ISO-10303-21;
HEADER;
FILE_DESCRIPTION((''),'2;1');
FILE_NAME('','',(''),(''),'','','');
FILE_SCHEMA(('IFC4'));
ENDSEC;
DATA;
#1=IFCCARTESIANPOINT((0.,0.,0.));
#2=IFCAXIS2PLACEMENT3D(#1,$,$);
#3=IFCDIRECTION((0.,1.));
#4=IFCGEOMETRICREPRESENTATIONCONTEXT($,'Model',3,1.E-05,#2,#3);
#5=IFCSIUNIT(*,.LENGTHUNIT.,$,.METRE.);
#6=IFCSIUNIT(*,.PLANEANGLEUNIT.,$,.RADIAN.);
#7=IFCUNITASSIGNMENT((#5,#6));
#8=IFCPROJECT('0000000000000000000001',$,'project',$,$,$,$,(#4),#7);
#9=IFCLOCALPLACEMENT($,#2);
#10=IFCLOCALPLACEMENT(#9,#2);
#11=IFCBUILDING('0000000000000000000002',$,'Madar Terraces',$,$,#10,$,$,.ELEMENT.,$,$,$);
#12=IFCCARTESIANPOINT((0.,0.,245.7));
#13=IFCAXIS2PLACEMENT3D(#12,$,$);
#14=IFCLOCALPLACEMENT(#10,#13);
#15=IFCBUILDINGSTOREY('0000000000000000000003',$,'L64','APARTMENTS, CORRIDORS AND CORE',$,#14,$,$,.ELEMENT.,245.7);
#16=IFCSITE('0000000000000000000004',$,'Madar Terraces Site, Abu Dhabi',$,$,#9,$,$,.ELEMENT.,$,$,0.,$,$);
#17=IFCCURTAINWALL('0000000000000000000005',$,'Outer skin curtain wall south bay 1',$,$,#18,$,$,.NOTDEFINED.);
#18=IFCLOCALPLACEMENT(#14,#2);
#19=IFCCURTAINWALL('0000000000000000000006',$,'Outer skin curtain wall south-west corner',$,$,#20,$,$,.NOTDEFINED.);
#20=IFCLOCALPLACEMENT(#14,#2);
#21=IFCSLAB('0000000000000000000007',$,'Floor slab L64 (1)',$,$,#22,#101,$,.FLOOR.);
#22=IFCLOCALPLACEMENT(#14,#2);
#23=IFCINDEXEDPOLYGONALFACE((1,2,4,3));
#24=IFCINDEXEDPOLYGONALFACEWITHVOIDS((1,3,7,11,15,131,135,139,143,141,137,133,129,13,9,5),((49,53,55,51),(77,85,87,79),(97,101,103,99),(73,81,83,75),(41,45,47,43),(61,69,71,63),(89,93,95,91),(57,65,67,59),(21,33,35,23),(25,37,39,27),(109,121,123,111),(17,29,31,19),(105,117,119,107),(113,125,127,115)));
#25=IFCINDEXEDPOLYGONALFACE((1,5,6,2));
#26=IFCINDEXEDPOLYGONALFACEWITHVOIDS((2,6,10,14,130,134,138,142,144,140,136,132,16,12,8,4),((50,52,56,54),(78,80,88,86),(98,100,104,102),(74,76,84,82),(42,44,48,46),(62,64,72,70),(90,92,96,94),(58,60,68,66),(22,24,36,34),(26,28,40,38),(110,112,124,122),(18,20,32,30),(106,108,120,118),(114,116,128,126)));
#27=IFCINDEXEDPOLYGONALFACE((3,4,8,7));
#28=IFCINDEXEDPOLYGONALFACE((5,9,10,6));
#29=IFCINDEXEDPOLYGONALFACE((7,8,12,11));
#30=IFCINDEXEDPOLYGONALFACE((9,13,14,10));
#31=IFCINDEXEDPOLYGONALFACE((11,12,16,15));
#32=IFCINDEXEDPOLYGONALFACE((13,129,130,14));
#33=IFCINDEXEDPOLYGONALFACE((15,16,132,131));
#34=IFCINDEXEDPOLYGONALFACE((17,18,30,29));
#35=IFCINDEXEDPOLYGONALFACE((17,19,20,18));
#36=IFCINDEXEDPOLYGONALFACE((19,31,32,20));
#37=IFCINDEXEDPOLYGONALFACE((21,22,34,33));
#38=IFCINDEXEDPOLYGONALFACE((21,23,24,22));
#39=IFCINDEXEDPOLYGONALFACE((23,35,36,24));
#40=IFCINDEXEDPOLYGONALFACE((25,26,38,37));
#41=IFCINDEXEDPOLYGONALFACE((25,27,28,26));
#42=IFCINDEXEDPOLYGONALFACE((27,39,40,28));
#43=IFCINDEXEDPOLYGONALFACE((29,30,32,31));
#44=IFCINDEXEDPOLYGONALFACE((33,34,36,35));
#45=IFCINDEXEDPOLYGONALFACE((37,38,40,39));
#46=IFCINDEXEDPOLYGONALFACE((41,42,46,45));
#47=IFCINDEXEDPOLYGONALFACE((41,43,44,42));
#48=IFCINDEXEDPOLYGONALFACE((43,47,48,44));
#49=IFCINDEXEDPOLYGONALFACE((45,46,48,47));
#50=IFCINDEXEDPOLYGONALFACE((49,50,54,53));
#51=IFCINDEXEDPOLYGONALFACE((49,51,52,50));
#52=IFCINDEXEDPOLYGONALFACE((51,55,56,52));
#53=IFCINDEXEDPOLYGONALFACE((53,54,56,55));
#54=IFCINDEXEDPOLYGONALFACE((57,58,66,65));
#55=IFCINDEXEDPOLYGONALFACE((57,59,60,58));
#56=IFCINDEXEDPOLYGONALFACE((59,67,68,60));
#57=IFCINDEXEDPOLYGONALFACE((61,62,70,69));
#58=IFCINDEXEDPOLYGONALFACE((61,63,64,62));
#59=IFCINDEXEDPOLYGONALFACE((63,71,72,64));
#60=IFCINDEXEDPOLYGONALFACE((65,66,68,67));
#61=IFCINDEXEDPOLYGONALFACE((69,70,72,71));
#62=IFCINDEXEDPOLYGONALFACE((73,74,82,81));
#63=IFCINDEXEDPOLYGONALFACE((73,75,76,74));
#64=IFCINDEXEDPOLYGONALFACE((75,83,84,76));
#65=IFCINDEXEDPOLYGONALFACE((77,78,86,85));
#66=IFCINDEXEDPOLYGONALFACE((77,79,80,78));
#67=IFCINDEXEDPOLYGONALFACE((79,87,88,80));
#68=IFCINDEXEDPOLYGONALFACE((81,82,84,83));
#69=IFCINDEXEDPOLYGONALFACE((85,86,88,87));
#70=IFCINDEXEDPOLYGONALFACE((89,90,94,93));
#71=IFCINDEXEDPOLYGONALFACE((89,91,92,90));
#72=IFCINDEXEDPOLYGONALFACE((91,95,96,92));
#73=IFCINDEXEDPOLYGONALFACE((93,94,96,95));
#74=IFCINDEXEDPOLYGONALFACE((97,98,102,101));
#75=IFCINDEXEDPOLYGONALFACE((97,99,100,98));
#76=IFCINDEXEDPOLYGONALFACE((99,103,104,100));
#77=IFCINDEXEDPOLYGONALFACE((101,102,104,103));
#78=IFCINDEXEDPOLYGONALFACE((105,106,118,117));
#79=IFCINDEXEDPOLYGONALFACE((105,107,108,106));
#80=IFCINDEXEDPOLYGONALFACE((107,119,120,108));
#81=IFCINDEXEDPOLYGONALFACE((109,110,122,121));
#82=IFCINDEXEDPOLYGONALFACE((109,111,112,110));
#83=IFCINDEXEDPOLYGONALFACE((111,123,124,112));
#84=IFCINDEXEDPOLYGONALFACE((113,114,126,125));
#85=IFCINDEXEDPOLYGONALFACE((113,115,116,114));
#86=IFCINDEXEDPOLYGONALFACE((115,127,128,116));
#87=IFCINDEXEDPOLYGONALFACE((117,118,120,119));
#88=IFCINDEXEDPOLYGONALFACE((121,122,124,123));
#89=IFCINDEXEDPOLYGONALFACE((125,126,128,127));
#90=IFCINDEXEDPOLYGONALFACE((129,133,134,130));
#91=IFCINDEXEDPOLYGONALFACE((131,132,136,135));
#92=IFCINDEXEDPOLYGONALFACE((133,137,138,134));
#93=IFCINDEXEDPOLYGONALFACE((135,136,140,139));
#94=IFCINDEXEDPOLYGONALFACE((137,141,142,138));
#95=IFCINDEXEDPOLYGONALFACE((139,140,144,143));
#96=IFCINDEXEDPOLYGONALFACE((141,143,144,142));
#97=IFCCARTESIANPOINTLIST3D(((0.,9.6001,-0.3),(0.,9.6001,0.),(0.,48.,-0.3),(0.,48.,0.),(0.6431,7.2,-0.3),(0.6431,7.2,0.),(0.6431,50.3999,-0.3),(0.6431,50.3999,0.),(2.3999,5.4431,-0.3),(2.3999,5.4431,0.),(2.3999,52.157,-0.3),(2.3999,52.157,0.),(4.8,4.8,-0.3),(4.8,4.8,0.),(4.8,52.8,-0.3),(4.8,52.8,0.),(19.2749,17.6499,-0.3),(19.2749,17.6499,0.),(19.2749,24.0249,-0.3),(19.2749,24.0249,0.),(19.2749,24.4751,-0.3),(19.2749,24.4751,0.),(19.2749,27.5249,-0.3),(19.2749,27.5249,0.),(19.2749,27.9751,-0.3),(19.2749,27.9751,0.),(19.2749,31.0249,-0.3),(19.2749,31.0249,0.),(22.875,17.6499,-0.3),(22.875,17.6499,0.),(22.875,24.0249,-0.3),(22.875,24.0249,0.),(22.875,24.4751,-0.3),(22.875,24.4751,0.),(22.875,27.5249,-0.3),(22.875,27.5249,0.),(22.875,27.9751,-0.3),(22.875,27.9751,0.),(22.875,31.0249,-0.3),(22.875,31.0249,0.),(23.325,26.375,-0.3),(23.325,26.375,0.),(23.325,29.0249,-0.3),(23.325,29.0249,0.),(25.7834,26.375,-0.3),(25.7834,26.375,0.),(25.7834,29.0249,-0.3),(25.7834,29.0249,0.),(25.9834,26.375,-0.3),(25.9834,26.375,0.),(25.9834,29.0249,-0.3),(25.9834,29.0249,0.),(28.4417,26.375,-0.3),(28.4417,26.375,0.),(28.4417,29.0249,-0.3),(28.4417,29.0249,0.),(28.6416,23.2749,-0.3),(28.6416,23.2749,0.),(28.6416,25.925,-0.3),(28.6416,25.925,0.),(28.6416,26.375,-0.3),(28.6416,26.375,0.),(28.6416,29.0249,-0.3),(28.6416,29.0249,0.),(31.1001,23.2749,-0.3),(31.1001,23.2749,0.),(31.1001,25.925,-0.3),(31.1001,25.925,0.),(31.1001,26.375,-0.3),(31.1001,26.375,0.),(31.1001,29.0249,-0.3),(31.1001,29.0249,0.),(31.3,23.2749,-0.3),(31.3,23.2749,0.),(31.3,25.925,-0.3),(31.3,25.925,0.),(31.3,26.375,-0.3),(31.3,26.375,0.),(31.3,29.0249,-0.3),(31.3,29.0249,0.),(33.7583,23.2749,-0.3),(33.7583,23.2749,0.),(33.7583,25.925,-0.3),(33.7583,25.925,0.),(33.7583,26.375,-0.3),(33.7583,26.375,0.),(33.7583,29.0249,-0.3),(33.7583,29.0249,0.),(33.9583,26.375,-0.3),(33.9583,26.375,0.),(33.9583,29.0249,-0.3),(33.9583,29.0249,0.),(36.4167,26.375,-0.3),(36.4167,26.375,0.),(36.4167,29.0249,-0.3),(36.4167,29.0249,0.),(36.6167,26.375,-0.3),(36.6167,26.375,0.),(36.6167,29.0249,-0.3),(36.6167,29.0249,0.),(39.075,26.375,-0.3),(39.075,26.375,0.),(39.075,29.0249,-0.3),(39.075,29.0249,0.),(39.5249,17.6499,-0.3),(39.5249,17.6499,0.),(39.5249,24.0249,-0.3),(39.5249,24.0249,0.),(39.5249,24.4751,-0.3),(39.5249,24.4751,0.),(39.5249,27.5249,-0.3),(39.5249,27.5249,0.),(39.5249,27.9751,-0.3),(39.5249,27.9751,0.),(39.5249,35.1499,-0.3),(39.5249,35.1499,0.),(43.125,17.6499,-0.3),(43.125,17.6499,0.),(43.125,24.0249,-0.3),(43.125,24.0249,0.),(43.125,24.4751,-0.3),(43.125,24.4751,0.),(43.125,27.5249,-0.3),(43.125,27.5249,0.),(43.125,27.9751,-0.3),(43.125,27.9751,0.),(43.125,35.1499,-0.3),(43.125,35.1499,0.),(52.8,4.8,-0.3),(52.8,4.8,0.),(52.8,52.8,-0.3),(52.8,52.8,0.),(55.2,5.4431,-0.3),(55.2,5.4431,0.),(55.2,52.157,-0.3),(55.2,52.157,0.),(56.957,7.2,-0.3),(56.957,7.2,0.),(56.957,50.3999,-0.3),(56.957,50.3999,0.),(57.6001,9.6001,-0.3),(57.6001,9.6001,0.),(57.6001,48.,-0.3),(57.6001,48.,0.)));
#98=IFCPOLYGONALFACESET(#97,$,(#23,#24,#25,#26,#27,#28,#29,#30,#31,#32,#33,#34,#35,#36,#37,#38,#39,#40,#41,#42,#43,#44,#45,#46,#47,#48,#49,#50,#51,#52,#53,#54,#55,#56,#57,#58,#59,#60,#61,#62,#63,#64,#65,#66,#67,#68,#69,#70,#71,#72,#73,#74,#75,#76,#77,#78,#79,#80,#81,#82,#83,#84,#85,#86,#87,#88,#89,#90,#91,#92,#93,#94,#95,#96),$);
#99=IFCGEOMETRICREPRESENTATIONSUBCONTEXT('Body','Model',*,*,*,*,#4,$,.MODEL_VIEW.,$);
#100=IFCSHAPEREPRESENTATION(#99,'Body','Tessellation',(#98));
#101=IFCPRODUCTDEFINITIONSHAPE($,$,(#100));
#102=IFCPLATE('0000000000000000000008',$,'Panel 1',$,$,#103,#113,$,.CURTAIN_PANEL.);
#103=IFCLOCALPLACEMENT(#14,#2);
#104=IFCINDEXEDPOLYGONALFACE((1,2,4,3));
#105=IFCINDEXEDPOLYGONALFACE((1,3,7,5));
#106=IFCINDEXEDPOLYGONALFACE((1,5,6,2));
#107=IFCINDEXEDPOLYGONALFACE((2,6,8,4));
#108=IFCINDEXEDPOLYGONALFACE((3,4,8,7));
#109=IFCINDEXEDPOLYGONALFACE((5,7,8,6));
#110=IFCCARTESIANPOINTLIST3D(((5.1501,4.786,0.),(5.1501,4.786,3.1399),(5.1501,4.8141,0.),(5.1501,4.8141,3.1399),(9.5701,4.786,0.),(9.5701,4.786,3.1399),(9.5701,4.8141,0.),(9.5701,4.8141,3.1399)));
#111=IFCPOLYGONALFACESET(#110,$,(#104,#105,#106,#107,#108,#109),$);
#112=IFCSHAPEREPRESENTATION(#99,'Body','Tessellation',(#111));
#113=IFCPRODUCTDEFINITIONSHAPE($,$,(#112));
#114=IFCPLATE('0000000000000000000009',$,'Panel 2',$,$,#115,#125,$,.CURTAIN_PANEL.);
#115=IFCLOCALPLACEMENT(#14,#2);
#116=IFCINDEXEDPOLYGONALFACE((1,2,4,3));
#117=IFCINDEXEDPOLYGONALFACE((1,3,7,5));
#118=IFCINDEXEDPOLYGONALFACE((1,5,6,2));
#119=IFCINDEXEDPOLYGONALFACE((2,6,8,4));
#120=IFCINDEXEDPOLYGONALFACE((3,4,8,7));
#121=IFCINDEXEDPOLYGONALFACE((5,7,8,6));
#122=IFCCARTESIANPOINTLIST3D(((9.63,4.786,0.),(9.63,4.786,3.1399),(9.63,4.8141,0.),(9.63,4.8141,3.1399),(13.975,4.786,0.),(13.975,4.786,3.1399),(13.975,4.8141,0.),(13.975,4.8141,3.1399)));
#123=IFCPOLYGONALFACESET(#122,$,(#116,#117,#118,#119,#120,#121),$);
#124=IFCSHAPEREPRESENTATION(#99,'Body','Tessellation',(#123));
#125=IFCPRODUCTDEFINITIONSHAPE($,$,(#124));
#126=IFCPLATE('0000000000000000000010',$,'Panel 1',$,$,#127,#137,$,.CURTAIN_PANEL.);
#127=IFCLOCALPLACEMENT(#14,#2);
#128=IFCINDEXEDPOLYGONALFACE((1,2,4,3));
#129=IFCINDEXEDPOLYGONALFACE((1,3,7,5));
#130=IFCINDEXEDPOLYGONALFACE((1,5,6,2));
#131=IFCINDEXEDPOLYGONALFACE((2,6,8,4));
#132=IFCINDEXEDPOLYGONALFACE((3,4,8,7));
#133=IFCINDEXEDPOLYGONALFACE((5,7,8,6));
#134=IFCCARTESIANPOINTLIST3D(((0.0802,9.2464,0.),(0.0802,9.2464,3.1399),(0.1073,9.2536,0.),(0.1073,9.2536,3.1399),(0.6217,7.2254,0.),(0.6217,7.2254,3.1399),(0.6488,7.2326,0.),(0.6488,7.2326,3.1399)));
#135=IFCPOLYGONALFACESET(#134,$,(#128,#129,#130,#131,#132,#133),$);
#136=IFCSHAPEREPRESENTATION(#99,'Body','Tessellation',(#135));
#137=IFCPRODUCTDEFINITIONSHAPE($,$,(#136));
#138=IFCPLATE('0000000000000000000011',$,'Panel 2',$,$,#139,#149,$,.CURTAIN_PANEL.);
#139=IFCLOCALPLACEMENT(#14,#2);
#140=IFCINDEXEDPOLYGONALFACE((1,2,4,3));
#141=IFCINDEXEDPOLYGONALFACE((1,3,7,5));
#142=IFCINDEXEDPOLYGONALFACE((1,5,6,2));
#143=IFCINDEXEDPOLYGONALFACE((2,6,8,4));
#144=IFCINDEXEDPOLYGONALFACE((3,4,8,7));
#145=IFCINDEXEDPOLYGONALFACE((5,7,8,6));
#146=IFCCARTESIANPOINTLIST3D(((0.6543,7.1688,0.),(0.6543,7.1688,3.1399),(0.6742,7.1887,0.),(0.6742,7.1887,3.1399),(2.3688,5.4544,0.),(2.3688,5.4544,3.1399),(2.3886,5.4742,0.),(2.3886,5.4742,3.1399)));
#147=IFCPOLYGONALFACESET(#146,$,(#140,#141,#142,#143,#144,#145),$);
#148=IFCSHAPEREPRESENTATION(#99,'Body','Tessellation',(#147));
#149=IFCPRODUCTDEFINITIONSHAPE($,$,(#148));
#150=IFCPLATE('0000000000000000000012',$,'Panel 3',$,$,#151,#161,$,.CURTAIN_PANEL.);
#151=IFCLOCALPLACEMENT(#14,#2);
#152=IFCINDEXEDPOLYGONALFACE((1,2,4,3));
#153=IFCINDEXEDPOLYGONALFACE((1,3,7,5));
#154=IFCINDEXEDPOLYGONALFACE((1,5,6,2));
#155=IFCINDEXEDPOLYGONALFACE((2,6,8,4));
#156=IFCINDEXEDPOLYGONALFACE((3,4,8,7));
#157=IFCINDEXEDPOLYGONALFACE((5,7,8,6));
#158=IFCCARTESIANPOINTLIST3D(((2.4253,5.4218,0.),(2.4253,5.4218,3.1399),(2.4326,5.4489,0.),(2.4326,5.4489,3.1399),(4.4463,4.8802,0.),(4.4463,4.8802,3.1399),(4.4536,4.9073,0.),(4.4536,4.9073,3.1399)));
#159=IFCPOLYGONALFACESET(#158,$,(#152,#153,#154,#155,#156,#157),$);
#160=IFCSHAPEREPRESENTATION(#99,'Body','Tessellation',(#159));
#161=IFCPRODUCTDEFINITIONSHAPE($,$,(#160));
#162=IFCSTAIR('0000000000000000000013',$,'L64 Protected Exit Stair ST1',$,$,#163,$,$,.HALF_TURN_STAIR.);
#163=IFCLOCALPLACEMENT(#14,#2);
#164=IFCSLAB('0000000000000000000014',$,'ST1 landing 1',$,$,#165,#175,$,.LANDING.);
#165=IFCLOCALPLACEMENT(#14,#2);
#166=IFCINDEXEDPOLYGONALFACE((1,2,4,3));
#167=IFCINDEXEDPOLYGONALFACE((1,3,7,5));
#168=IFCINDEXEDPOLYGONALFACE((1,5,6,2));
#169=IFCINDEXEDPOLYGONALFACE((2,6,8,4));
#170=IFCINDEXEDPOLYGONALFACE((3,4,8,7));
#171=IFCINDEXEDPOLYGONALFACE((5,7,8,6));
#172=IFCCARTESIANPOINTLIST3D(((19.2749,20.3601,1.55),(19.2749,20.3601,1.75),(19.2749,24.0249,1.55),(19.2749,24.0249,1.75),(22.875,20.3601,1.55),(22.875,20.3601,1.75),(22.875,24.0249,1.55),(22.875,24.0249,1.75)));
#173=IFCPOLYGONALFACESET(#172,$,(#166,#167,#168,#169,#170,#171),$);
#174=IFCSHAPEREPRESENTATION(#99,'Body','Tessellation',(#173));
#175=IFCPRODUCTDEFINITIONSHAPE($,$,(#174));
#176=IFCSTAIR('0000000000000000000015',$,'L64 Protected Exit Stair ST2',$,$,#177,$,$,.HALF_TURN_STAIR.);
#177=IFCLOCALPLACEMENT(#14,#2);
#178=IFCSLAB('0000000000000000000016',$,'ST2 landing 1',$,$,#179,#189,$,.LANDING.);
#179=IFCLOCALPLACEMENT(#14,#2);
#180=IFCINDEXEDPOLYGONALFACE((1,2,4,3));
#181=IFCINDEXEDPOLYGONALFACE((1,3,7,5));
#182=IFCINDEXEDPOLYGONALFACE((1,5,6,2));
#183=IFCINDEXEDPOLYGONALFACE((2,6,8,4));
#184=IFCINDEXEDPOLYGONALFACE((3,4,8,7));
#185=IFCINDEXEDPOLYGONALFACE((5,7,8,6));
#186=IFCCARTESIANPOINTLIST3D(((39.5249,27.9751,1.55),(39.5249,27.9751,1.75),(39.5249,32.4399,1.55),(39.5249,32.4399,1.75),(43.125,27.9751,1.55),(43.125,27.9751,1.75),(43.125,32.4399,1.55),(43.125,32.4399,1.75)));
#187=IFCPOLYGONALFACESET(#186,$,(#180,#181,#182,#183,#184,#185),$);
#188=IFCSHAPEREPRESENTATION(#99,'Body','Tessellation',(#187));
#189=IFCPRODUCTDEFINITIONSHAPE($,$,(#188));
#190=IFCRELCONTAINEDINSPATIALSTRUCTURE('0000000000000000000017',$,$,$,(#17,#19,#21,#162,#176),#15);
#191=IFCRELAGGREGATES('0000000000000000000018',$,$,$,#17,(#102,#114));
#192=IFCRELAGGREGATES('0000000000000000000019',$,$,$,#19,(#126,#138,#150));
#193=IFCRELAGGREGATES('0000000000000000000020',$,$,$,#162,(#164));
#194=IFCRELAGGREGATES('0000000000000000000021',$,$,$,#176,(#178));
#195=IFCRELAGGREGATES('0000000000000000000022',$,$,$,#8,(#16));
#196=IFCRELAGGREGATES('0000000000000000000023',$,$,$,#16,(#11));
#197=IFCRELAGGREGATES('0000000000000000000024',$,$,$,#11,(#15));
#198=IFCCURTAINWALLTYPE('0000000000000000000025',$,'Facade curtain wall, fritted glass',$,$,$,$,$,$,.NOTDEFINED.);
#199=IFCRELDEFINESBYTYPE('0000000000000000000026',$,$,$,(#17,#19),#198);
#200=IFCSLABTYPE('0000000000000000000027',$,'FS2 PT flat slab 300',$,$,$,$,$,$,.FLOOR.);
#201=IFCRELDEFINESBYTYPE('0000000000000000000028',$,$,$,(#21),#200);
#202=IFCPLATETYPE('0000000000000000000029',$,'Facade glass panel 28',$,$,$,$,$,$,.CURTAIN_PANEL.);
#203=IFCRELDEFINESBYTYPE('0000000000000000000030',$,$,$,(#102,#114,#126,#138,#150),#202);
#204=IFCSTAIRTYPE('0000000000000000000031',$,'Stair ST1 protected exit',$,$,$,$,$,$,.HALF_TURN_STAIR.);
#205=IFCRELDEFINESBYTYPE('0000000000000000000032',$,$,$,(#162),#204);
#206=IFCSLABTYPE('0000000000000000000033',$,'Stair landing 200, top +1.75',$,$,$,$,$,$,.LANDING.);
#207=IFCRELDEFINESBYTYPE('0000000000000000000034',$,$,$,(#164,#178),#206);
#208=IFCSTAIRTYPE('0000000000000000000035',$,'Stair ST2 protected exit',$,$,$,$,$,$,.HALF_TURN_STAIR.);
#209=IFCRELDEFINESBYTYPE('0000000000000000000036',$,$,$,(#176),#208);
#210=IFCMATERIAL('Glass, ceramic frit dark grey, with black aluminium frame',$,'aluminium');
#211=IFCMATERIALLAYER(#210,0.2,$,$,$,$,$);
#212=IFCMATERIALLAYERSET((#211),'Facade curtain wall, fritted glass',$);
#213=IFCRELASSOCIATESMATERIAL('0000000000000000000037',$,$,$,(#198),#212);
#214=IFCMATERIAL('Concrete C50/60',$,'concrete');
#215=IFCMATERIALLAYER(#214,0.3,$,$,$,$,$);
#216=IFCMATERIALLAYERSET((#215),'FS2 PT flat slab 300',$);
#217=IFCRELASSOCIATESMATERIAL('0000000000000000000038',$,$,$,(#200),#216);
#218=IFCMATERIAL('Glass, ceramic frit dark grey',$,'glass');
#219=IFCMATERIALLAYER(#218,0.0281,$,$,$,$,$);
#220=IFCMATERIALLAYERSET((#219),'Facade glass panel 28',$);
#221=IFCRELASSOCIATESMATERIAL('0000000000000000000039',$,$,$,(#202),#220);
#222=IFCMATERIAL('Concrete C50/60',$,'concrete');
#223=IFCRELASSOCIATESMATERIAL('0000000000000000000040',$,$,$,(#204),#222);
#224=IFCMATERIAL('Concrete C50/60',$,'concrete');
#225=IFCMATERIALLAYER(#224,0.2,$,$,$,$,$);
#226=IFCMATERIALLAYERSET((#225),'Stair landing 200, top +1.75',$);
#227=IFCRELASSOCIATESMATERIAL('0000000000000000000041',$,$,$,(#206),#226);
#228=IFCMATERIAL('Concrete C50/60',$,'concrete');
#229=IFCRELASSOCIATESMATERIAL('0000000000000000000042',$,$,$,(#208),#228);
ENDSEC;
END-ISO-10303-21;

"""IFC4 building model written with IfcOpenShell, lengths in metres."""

from ifc_helpers import new_model, si_unit, direction, frame, origin, origin_2d, place, context, subcontext, project, spatial, polyline, rectangle, outline, extrude, material, layer, layer_set, type_object, element, aggregate, save


model = new_model("IFC4")

# Units and contexts
model_context = context("Model", 3, precision=1e-05, world=origin(), true_north=direction((0.0, 1.0)))
body_context = subcontext(model_context, "Body", "Model", "MODEL_VIEW")
ifc_project = project(units=[si_unit("LENGTHUNIT", "METRE"), si_unit("PLANEANGLEUNIT", "RADIAN")], contexts=[model_context])

# Site, building, storey
site_placement = place(None, origin())
site = spatial("IfcSite", under=ifc_project, at=site_placement, Name="Madar Terraces Site, Abu Dhabi", CompositionType="ELEMENT", RefElevation=0.0)
building_placement = place(site_placement, origin())
building = spatial("IfcBuilding", under=site, at=building_placement, Name="Madar Terraces", CompositionType="ELEMENT")
storey_placement = place(building_placement, frame((0.0, 0.0, 245.7)))
storey = spatial("IfcBuildingStorey", under=building, at=storey_placement, Name="L64", Description="APARTMENTS, CORRIDORS AND CORE", CompositionType="ELEMENT", Elevation=245.7)

# Curtain wall
ifc_material_1 = material(Name="Glass, ceramic frit dark grey, with black aluminium frame", Category="aluminium")
ifc_layer_1 = layer(ifc_material_1, 0.2)
ifc_layer_set_1 = layer_set([ifc_layer_1], Name="Facade curtain wall, fritted glass")
curtain_wall_type = type_object("IfcCurtainWallType", Name="Facade curtain wall, fritted glass", PredefinedType="NOTDEFINED", material=ifc_layer_set_1)
curtain_wall_1_placement = place(storey_placement, origin())
curtain_wall_1 = element("IfcCurtainWall", 1, at=curtain_wall_1_placement, inside=storey, type_object=curtain_wall_type, Name="Outer skin curtain wall south bay 1", PredefinedType="NOTDEFINED")

# Curtain wall
curtain_wall_2_placement = place(storey_placement, origin())
curtain_wall_2 = element("IfcCurtainWall", 2, at=curtain_wall_2_placement, inside=storey, type_object=curtain_wall_type, Name="Outer skin curtain wall south-west corner", PredefinedType="NOTDEFINED")

# Slab
ifc_material_2 = material(Name="Concrete C50/60", Category="concrete")
ifc_layer_2 = layer(ifc_material_2, 0.3)
ifc_layer_set_2 = layer_set([ifc_layer_2], Name="FS2 PT flat slab 300")
slab_type_1 = type_object("IfcSlabType", Name="FS2 PT flat slab 300", PredefinedType="FLOOR", material=ifc_layer_set_2)
slab_1_placement = place(storey_placement, frame((0.0, 0.0, -0.3)))
element("IfcSlab", 3, at=slab_1_placement, inside=storey, type_object=slab_type_1, Name="Floor slab L64 (1)", PredefinedType="FLOOR", context=body_context, shape_type="SweptSolid", body=[
    extrude(outline(polyline([(52.8, 4.8), (55.2, 5.4431), (56.957, 7.2), (57.6001, 9.6001), (57.6001, 48.0), (56.957, 50.3999), (55.2, 52.157), (52.8, 52.8), (4.8, 52.8), (2.3999, 52.157), (0.6431, 50.3999), (0.0, 48.0), (0.0, 9.6001), (0.6431, 7.2), (2.3999, 5.4431), (4.8, 4.8), (52.8, 4.8)]), holes=[polyline([(22.875, 17.6499), (19.2749, 17.6499), (19.2749, 24.0249), (22.875, 24.0249), (22.875, 17.6499)]), polyline([(28.6416, 23.2749), (28.6416, 25.925), (31.1001, 25.925), (31.1001, 23.2749), (28.6416, 23.2749)]), polyline([(19.2749, 24.4751), (19.2749, 27.5249), (22.875, 27.5249), (22.875, 24.4751), (19.2749, 24.4751)]), polyline([(23.325, 26.375), (23.325, 29.0249), (25.7834, 29.0249), (25.7834, 26.375), (23.325, 26.375)]), polyline([(25.9834, 26.375), (25.9834, 29.0249), (28.4417, 29.0249), (28.4417, 26.375), (25.9834, 26.375)]), polyline([(28.6416, 26.375), (28.6416, 29.0249), (31.1001, 29.0249), (31.1001, 26.375), (28.6416, 26.375)]), polyline([(19.2749, 27.9751), (19.2749, 31.0249), (22.875, 31.0249), (22.875, 27.9751), (19.2749, 27.9751)]), polyline([(43.125, 17.6499), (39.5249, 17.6499), (39.5249, 24.0249), (43.125, 24.0249), (43.125, 17.6499)]), polyline([(31.3, 23.2749), (31.3, 25.925), (33.7583, 25.925), (33.7583, 23.2749), (31.3, 23.2749)]), polyline([(39.5249, 24.4751), (39.5249, 27.5249), (43.125, 27.5249), (43.125, 24.4751), (39.5249, 24.4751)]), polyline([(31.3, 26.375), (31.3, 29.0249), (33.7583, 29.0249), (33.7583, 26.375), (31.3, 26.375)]), polyline([(33.9583, 26.375), (33.9583, 29.0249), (36.4167, 29.0249), (36.4167, 26.375), (33.9583, 26.375)]), polyline([(36.6167, 26.375), (36.6167, 29.0249), (39.075, 29.0249), (39.075, 26.375), (36.6167, 26.375)]), polyline([(39.5249, 27.9751), (39.5249, 35.1499), (43.125, 35.1499), (43.125, 27.9751), (39.5249, 27.9751)])]), origin(), (0.0, 0.0, 1.0), 0.3),
])

# Plates
ifc_material_3 = material(Name="Glass, ceramic frit dark grey", Category="glass")
ifc_layer_3 = layer(ifc_material_3, 0.0281)
ifc_layer_set_3 = layer_set([ifc_layer_3], Name="Facade glass panel 28")
plate_type = type_object("IfcPlateType", Name="Facade glass panel 28", PredefinedType="CURTAIN_PANEL", material=ifc_layer_set_3)
plate_1_placement = place(storey_placement, frame((7.3601, 4.8, 0.0), z_axis=(0.0, 0.0, 1.0), x_axis=(1.0, 0.0, 0.0)))
plate_1 = element("IfcPlate", 4, at=plate_1_placement, type_object=plate_type, Name="Panel 1", PredefinedType="CURTAIN_PANEL", context=body_context, shape_type="SweptSolid", body=[
    extrude(rectangle(XDim=4.4199, YDim=0.0281, at=origin_2d()), origin(), (0.0, 0.0, 1.0), 3.1399),
])
plate_2_placement = place(storey_placement, frame((11.8025, 4.8, 0.0), z_axis=(0.0, 0.0, 1.0), x_axis=(1.0, 0.0, 0.0)))
plate_2 = element("IfcPlate", 5, at=plate_2_placement, type_object=plate_type, Name="Panel 2", PredefinedType="CURTAIN_PANEL", context=body_context, shape_type="SweptSolid", body=[
    extrude(rectangle(XDim=4.345, YDim=0.0281, at=origin_2d()), origin(), (0.0, 0.0, 1.0), 3.1399),
])
aggregate(curtain_wall_1, [plate_1, plate_2])
plate_3_placement = place(storey_placement, frame((0.3645, 8.2395, 0.0), z_axis=(0.0, 0.0, 1.0), x_axis=(0.258819, -0.965926, 0.0)))
plate_3 = element("IfcPlate", 6, at=plate_3_placement, type_object=plate_type, Name="Panel 1", PredefinedType="CURTAIN_PANEL", context=body_context, shape_type="SweptSolid", body=[
    extrude(rectangle(XDim=2.0923, YDim=0.0281, at=origin_2d()), origin(), (0.0, 0.0, 1.0), 3.1399),
])
plate_4_placement = place(storey_placement, frame((1.5215, 6.3215, 0.0), z_axis=(0.0, 0.0, 1.0), x_axis=(0.707107, -0.707107, 0.0)))
plate_4 = element("IfcPlate", 7, at=plate_4_placement, type_object=plate_type, Name="Panel 2", PredefinedType="CURTAIN_PANEL", context=body_context, shape_type="SweptSolid", body=[
    extrude(rectangle(XDim=2.4246, YDim=0.0281, at=origin_2d()), origin(), (0.0, 0.0, 1.0), 3.1399),
])
plate_5_placement = place(storey_placement, frame((3.4395, 5.1646, 0.0), z_axis=(0.0, 0.0, 1.0), x_axis=(0.965926, -0.258819, 0.0)))
plate_5 = element("IfcPlate", 8, at=plate_5_placement, type_object=plate_type, Name="Panel 3", PredefinedType="CURTAIN_PANEL", context=body_context, shape_type="SweptSolid", body=[
    extrude(rectangle(XDim=2.0923, YDim=0.0281, at=origin_2d()), origin(), (0.0, 0.0, 1.0), 3.1399),
])
aggregate(curtain_wall_2, [plate_3, plate_4, plate_5])

# Stairs, slabs
ifc_material_4 = material(Name="Concrete C50/60", Category="concrete")
stair_type_1 = type_object("IfcStairType", Name="Stair ST1 protected exit", PredefinedType="HALF_TURN_STAIR", material=ifc_material_4)
stair_1_placement = place(storey_placement, origin())
stair_1 = element("IfcStair", 9, at=stair_1_placement, inside=storey, type_object=stair_type_1, Name="L64 Protected Exit Stair ST1", PredefinedType="HALF_TURN_STAIR")
ifc_material_5 = material(Name="Concrete C50/60", Category="concrete")
ifc_layer_4 = layer(ifc_material_5, 0.2)
ifc_layer_set_4 = layer_set([ifc_layer_4], Name="Stair landing 200, top +1.75")
slab_type_2 = type_object("IfcSlabType", Name="Stair landing 200, top +1.75", PredefinedType="LANDING", material=ifc_layer_set_4)
slab_2_placement = place(storey_placement, frame((0.0, 0.0, 1.55)))
slab_2 = element("IfcSlab", 10, at=slab_2_placement, type_object=slab_type_2, Name="ST1 landing 1", PredefinedType="LANDING", context=body_context, shape_type="SweptSolid", body=[
    extrude(outline(polyline([(19.2749, 20.3601), (22.875, 20.3601), (22.875, 24.0249), (19.2749, 24.0249), (19.2749, 20.3601)])), origin(), (0.0, 0.0, 1.0), 0.2),
])
aggregate(stair_1, [slab_2])
ifc_material_6 = material(Name="Concrete C50/60", Category="concrete")
stair_type_2 = type_object("IfcStairType", Name="Stair ST2 protected exit", PredefinedType="HALF_TURN_STAIR", material=ifc_material_6)
stair_2_placement = place(storey_placement, origin())
stair_2 = element("IfcStair", 11, at=stair_2_placement, inside=storey, type_object=stair_type_2, Name="L64 Protected Exit Stair ST2", PredefinedType="HALF_TURN_STAIR")
slab_3_placement = place(storey_placement, frame((0.0, 0.0, 1.55)))
slab_3 = element("IfcSlab", 12, at=slab_3_placement, type_object=slab_type_2, Name="ST2 landing 1", PredefinedType="LANDING", context=body_context, shape_type="SweptSolid", body=[
    extrude(outline(polyline([(39.5249, 27.9751), (43.125, 27.9751), (43.125, 32.4399), (39.5249, 32.4399), (39.5249, 27.9751)])), origin(), (0.0, 0.0, 1.0), 0.2),
])
aggregate(stair_2, [slab_3])

save(model, "model.ifc")
